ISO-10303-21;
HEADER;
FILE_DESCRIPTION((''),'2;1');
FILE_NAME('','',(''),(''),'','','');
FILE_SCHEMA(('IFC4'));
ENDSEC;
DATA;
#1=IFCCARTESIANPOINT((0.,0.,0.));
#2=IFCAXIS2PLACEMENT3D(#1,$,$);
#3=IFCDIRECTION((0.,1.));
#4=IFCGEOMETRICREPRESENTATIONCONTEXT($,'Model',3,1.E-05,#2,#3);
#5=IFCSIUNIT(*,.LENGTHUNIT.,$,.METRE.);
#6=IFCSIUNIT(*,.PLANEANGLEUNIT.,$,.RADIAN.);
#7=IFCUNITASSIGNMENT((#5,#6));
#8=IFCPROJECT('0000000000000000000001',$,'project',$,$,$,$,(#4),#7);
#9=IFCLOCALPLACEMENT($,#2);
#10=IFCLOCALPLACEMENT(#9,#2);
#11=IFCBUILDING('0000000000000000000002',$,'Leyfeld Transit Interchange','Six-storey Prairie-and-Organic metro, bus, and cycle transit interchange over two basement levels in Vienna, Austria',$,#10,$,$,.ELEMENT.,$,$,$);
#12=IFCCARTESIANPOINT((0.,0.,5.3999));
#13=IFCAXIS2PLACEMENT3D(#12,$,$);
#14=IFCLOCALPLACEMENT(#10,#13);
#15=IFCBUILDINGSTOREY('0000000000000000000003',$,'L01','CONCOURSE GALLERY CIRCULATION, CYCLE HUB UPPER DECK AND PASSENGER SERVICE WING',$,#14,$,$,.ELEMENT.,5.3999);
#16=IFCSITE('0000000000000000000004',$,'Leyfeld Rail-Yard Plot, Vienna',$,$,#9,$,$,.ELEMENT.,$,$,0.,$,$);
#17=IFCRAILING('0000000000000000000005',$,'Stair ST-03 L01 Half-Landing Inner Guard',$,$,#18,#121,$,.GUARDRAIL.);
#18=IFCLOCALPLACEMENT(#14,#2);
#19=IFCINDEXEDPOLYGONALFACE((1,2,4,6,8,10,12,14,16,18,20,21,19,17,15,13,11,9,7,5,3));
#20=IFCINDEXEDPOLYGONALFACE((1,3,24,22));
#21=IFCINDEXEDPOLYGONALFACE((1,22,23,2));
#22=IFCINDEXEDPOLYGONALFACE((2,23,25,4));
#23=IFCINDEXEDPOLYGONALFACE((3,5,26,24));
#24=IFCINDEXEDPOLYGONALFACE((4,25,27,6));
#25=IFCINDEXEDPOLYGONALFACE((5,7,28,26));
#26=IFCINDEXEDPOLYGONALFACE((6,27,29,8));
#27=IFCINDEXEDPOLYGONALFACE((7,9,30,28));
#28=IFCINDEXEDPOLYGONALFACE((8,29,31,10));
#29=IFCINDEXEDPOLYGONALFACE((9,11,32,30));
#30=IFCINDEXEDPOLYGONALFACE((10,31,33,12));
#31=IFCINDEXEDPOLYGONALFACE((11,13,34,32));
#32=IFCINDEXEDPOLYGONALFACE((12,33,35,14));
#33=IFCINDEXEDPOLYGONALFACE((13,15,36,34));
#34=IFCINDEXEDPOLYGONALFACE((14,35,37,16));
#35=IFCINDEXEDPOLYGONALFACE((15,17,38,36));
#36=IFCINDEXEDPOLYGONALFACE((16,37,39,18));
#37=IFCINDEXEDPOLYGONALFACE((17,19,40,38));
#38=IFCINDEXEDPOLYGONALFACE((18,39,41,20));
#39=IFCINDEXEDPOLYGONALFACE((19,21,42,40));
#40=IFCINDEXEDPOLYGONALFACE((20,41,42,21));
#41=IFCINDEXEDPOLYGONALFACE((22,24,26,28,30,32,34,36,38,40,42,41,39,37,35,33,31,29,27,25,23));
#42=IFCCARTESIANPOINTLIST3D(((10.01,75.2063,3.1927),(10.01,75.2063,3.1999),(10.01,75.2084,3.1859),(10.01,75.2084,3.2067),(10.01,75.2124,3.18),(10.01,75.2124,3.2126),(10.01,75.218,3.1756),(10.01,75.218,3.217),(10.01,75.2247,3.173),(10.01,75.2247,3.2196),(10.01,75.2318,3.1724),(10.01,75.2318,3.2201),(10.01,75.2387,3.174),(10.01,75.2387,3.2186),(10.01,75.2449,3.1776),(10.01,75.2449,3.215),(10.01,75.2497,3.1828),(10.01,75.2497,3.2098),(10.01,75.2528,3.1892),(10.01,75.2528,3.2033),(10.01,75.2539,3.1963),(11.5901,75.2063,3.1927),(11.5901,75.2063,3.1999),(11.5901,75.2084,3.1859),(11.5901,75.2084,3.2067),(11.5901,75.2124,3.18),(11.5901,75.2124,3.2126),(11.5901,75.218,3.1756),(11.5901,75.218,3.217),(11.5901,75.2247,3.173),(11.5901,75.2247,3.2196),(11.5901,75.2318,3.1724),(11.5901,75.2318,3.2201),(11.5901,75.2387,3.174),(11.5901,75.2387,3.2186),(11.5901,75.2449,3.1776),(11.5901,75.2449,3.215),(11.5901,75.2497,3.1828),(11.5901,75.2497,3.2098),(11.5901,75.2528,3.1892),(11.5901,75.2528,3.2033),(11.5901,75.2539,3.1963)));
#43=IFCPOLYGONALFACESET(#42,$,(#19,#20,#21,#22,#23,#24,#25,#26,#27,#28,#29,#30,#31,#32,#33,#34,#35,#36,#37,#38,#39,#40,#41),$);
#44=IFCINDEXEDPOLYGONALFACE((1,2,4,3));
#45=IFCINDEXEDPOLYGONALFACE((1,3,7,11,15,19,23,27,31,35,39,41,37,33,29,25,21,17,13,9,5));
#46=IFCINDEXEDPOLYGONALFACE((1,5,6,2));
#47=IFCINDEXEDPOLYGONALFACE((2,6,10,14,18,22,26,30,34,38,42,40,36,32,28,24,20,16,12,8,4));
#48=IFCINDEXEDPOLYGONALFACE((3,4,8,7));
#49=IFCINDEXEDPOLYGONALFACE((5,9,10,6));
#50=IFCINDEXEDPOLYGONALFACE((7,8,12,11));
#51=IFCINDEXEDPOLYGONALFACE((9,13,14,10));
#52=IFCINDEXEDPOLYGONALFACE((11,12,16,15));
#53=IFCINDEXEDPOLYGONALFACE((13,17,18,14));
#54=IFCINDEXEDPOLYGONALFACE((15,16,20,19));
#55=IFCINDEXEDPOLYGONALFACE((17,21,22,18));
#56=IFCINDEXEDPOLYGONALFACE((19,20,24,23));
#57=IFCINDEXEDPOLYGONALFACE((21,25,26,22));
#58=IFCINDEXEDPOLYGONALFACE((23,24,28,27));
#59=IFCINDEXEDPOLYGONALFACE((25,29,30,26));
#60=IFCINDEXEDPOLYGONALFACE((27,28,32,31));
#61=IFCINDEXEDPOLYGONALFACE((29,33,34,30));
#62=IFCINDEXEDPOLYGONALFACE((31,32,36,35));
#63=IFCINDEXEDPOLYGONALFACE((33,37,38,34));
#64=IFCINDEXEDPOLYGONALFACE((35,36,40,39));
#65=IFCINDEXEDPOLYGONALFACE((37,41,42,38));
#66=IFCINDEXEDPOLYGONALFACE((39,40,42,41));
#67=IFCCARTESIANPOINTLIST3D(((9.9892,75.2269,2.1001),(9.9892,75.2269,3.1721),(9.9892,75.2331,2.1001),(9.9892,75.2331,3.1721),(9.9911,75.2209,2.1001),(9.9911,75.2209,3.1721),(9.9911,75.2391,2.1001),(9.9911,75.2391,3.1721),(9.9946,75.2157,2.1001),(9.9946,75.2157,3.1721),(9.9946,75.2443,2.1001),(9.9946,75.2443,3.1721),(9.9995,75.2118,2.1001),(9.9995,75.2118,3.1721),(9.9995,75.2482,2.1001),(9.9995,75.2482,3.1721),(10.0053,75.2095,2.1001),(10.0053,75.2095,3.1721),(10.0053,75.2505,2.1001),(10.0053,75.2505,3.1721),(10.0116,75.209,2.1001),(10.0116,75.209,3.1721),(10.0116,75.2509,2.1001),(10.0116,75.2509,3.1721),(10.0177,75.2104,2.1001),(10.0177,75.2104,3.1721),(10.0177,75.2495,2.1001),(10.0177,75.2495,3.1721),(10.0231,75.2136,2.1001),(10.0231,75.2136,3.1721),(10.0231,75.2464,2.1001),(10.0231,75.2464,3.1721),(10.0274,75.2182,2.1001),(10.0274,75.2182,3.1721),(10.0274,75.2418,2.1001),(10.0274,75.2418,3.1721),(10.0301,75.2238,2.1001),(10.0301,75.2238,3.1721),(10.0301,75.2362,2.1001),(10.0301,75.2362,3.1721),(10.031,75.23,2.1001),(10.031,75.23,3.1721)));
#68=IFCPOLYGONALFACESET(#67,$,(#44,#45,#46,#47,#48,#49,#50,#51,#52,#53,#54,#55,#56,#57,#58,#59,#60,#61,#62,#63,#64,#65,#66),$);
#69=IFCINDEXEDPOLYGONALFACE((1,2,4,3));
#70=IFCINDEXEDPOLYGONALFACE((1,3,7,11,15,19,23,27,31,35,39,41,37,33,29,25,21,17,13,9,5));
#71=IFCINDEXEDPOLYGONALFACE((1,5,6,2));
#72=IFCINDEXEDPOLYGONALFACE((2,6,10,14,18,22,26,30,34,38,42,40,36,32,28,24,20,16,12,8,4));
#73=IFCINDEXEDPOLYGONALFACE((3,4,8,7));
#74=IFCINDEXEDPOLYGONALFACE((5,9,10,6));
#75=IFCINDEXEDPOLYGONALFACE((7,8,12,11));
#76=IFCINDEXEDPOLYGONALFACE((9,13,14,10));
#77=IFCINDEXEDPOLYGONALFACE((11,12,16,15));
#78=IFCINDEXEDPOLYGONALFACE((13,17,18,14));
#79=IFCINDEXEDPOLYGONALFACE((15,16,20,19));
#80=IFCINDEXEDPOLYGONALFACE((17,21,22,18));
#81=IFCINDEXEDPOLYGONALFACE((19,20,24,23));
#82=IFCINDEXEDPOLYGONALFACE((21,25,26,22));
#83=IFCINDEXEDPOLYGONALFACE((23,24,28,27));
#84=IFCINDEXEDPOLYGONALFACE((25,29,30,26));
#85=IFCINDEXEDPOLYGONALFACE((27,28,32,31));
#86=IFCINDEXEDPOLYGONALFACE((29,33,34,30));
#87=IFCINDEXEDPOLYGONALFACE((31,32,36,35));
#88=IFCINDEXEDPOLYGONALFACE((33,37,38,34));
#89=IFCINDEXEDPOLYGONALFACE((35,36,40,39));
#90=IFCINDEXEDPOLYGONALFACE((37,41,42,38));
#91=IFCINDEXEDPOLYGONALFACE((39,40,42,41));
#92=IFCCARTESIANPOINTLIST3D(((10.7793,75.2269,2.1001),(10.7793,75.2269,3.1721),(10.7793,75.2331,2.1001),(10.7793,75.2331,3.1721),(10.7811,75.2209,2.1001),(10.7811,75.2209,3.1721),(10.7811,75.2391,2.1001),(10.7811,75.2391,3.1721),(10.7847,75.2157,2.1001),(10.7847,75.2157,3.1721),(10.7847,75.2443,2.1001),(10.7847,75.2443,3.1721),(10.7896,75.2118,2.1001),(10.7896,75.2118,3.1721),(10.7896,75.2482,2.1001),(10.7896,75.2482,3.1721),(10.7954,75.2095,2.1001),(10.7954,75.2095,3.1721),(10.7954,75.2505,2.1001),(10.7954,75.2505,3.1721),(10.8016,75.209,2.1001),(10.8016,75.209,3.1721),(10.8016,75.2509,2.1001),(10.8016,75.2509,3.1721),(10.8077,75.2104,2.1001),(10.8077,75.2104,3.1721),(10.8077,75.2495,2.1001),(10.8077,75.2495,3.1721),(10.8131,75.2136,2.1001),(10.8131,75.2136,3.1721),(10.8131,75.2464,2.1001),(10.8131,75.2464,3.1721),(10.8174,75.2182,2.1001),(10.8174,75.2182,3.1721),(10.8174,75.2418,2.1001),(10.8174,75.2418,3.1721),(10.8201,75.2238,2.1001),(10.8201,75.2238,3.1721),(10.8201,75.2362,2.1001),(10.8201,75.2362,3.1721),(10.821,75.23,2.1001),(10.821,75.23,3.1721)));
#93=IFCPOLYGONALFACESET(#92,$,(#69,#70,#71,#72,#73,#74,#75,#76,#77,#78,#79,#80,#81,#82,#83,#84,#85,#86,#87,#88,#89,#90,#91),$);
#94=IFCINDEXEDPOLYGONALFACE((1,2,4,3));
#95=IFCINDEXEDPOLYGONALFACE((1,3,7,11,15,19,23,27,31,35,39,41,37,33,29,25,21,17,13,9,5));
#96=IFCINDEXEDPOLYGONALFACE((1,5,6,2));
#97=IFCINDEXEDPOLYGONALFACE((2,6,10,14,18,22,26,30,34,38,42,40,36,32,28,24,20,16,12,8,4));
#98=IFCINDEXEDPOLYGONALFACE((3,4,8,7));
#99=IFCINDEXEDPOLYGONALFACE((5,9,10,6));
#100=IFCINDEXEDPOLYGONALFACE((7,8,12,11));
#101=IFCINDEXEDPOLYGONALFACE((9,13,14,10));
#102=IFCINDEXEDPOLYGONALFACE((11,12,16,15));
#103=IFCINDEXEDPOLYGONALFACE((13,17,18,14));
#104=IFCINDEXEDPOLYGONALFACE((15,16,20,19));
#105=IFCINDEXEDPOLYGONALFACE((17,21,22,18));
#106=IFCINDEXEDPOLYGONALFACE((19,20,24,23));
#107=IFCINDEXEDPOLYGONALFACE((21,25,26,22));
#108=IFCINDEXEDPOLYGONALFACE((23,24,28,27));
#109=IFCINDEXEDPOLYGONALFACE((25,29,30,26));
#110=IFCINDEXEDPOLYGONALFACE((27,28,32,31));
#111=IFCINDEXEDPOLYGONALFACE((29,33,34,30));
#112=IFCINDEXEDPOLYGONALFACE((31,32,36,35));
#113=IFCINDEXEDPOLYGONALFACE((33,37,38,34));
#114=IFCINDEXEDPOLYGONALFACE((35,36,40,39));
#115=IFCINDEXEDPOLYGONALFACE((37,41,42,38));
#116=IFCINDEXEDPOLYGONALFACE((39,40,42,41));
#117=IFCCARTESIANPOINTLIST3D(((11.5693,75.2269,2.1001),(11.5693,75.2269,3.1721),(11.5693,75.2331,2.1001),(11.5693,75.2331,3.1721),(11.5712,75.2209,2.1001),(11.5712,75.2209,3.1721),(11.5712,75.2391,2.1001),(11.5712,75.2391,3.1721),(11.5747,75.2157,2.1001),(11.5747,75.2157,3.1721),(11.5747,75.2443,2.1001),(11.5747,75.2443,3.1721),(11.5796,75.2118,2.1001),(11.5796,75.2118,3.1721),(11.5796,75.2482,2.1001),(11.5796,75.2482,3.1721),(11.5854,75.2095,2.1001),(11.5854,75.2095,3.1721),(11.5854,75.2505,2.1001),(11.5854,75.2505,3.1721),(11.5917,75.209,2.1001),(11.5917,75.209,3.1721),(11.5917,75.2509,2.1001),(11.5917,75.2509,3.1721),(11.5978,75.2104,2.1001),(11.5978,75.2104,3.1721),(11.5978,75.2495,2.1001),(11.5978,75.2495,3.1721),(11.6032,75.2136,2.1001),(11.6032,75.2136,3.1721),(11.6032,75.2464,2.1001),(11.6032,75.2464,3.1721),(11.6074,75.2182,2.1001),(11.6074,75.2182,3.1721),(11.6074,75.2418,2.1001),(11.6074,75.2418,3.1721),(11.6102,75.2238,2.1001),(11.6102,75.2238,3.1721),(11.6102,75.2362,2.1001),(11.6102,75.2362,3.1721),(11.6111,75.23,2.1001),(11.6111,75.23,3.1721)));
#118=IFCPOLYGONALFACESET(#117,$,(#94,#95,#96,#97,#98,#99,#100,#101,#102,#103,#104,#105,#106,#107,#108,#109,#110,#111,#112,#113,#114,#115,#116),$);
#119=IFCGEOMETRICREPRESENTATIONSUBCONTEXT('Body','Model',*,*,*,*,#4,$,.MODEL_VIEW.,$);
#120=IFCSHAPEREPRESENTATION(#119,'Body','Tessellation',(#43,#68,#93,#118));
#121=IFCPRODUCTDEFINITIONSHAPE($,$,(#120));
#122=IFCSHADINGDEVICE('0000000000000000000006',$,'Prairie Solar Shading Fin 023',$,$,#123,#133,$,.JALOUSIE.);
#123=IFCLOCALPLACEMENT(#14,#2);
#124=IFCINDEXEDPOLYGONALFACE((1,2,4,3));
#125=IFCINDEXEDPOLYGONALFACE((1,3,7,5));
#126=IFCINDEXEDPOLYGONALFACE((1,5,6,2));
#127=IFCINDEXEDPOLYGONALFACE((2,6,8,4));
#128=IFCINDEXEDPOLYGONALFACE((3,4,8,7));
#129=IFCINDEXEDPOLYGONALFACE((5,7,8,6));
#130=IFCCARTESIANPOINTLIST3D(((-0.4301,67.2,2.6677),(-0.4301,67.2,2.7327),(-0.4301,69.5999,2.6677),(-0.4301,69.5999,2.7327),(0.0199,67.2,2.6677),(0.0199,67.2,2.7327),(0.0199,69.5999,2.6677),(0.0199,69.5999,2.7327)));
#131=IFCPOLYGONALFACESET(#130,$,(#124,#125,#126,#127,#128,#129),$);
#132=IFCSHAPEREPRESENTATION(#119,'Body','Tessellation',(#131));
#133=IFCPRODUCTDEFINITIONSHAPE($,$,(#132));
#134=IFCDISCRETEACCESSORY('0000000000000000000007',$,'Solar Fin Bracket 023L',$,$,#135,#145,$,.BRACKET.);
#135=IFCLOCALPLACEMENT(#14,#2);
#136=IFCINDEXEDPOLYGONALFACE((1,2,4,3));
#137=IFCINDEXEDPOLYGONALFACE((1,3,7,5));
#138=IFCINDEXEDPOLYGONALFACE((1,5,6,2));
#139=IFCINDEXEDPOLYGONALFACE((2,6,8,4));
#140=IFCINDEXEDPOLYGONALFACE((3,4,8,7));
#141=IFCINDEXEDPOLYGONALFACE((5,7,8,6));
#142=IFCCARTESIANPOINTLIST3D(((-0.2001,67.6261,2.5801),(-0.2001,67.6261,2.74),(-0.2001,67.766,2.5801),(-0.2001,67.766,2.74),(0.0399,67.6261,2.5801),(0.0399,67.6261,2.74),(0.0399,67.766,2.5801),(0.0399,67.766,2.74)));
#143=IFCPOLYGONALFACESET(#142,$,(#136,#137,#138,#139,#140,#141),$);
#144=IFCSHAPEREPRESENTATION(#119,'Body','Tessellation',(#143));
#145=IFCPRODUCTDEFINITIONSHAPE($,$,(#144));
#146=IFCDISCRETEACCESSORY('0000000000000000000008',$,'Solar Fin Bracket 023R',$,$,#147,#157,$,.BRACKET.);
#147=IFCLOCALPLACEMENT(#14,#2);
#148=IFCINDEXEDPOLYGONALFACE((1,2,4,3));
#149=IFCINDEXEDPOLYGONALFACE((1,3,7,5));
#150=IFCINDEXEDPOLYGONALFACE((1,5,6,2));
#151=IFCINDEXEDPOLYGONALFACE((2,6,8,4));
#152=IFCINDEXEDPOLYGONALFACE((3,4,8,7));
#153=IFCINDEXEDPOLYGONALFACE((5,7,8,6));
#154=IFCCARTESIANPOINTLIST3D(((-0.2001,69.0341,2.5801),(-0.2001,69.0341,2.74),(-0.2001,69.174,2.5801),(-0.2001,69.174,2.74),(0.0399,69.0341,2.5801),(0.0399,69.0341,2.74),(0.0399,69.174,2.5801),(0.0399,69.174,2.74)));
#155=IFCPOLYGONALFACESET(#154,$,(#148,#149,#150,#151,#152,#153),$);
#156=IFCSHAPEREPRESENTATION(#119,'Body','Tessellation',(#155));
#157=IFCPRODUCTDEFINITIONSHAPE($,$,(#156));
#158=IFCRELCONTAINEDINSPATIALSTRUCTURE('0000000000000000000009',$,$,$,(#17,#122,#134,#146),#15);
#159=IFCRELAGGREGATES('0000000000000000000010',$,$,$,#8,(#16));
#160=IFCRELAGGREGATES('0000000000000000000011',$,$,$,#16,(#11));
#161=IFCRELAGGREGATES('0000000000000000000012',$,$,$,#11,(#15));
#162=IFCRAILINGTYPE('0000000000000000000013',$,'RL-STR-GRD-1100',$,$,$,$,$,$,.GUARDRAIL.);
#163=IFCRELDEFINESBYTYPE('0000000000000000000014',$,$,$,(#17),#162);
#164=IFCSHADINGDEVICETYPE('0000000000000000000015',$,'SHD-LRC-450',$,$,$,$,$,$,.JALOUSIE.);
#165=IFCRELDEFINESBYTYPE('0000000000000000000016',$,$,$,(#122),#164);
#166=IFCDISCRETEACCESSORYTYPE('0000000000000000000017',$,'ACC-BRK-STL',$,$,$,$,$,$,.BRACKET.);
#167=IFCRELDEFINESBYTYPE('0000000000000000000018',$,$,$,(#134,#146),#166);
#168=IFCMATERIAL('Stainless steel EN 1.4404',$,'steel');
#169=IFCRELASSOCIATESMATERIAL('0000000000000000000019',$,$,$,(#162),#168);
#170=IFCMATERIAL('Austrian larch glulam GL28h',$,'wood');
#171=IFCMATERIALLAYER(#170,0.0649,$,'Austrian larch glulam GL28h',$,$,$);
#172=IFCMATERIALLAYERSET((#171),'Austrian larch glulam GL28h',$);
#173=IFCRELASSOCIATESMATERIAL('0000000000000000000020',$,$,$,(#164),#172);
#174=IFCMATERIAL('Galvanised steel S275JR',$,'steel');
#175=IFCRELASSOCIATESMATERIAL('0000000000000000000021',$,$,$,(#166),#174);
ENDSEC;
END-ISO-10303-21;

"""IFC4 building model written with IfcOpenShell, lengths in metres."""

from ifc_helpers import new_model, si_unit, direction, frame, origin, origin_2d, place, context, subcontext, project, spatial, rectangle, circle, extrude, material, layer, layer_set, type_object, element, save


model = new_model("IFC4")

# Units and contexts
model_context = context("Model", 3, precision=1e-05, world=origin(), true_north=direction((0.0, 1.0)))
body_context = subcontext(model_context, "Body", "Model", "MODEL_VIEW")
ifc_project = project(units=[si_unit("LENGTHUNIT", "METRE"), si_unit("PLANEANGLEUNIT", "RADIAN")], contexts=[model_context])

# Site, building, storey
site_placement = place(None, origin())
site = spatial("IfcSite", under=ifc_project, at=site_placement, Name="Leyfeld Rail-Yard Plot, Vienna", CompositionType="ELEMENT", RefElevation=0.0)
building_placement = place(site_placement, origin())
building = spatial("IfcBuilding", under=site, at=building_placement, Name="Leyfeld Transit Interchange", Description="Six-storey Prairie-and-Organic metro, bus, and cycle transit interchange over two basement levels in Vienna, Austria", CompositionType="ELEMENT")
storey_placement = place(building_placement, frame((0.0, 0.0, 5.3999)))
storey = spatial("IfcBuildingStorey", under=building, at=storey_placement, Name="L01", Description="CONCOURSE GALLERY CIRCULATION, CYCLE HUB UPPER DECK AND PASSENGER SERVICE WING", CompositionType="ELEMENT", Elevation=5.3999)

# Shared definitions
ifc_material_1 = material(Name="Galvanised steel S275JR", Category="steel")

# Railing
ifc_material_2 = material(Name="Stainless steel EN 1.4404", Category="steel")
railing_type = type_object("IfcRailingType", Name="RL-STR-GRD-1100", PredefinedType="GUARDRAIL", material=ifc_material_2)
railing_1_placement = place(storey_placement, frame((10.01, 75.23, 2.1001)))
element("IfcRailing", 1, at=railing_1_placement, inside=storey, type_object=railing_type, Name="Stair ST-03 L01 Half-Landing Inner Guard", PredefinedType="GUARDRAIL", context=body_context, shape_type="SweptSolid", body=[
    extrude(circle(Radius=0.0239, at=origin_2d()), frame((0.0, 0.0, 1.0962), z_axis=(1.0, 0.0, 0.0), x_axis=(0.0, 1.0, 0.0)), (0.0, 0.0, 1.0), 1.5801),
    extrude(circle(Radius=0.021, at=origin_2d()), origin(), (0.0, 0.0, 1.0), 1.072),
    extrude(circle(Radius=0.021, at=origin_2d()), frame((0.79, 0.0, 0.0)), (0.0, 0.0, 1.0), 1.072),
    extrude(circle(Radius=0.021, at=origin_2d()), frame((1.5801, 0.0, 0.0)), (0.0, 0.0, 1.0), 1.072),
])

# Shading device
ifc_material_3 = material(Name="Austrian larch glulam GL28h", Category="wood")
ifc_layer_1 = layer(ifc_material_3, 0.0649, Name="Austrian larch glulam GL28h")
ifc_layer_set_1 = layer_set([ifc_layer_1], Name="Austrian larch glulam GL28h")
shading_device_type = type_object("IfcShadingDeviceType", Name="SHD-LRC-450", PredefinedType="JALOUSIE", material=ifc_layer_set_1)
shading_device_placement = place(storey_placement, frame((-0.2051, 68.3999, 2.6677), z_axis=(0.0, 0.0, 1.0), x_axis=(0.0, 1.0, 0.0)))
element("IfcShadingDevice", 2, at=shading_device_placement, inside=storey, type_object=shading_device_type, Name="Prairie Solar Shading Fin 023", PredefinedType="JALOUSIE", context=body_context, shape_type="SweptSolid", body=[
    extrude(rectangle(XDim=2.3999, YDim=0.45, at=origin_2d()), origin(), (0.0, 0.0, 1.0), 0.0649),
])

# Discrete accessories
discrete_accessory_type = type_object("IfcDiscreteAccessoryType", Name="ACC-BRK-STL", PredefinedType="BRACKET", material=ifc_material_1)
for number, where, z_axis, x_axis, name in (
    (3, (-0.0801, 67.696, 2.5801), (0.0, 0.0, 1.0), (0.0, 1.0, 0.0), "Solar Fin Bracket 023L"),
    (4, (-0.0801, 69.104, 2.5801), (0.0, 0.0, 1.0), (0.0, 1.0, 0.0), "Solar Fin Bracket 023R"),
):
    element("IfcDiscreteAccessory", number, at=place(storey_placement, frame(where, z_axis=z_axis, x_axis=x_axis)), inside=storey, type_object=discrete_accessory_type, Name=name, PredefinedType="BRACKET", context=body_context, shape_type="SweptSolid", body=[
        extrude(rectangle(XDim=0.1399, YDim=0.24, at=origin_2d()), origin(), (0.0, 0.0, 1.0), 0.1599),
    ])

save(model, "model.ifc")
